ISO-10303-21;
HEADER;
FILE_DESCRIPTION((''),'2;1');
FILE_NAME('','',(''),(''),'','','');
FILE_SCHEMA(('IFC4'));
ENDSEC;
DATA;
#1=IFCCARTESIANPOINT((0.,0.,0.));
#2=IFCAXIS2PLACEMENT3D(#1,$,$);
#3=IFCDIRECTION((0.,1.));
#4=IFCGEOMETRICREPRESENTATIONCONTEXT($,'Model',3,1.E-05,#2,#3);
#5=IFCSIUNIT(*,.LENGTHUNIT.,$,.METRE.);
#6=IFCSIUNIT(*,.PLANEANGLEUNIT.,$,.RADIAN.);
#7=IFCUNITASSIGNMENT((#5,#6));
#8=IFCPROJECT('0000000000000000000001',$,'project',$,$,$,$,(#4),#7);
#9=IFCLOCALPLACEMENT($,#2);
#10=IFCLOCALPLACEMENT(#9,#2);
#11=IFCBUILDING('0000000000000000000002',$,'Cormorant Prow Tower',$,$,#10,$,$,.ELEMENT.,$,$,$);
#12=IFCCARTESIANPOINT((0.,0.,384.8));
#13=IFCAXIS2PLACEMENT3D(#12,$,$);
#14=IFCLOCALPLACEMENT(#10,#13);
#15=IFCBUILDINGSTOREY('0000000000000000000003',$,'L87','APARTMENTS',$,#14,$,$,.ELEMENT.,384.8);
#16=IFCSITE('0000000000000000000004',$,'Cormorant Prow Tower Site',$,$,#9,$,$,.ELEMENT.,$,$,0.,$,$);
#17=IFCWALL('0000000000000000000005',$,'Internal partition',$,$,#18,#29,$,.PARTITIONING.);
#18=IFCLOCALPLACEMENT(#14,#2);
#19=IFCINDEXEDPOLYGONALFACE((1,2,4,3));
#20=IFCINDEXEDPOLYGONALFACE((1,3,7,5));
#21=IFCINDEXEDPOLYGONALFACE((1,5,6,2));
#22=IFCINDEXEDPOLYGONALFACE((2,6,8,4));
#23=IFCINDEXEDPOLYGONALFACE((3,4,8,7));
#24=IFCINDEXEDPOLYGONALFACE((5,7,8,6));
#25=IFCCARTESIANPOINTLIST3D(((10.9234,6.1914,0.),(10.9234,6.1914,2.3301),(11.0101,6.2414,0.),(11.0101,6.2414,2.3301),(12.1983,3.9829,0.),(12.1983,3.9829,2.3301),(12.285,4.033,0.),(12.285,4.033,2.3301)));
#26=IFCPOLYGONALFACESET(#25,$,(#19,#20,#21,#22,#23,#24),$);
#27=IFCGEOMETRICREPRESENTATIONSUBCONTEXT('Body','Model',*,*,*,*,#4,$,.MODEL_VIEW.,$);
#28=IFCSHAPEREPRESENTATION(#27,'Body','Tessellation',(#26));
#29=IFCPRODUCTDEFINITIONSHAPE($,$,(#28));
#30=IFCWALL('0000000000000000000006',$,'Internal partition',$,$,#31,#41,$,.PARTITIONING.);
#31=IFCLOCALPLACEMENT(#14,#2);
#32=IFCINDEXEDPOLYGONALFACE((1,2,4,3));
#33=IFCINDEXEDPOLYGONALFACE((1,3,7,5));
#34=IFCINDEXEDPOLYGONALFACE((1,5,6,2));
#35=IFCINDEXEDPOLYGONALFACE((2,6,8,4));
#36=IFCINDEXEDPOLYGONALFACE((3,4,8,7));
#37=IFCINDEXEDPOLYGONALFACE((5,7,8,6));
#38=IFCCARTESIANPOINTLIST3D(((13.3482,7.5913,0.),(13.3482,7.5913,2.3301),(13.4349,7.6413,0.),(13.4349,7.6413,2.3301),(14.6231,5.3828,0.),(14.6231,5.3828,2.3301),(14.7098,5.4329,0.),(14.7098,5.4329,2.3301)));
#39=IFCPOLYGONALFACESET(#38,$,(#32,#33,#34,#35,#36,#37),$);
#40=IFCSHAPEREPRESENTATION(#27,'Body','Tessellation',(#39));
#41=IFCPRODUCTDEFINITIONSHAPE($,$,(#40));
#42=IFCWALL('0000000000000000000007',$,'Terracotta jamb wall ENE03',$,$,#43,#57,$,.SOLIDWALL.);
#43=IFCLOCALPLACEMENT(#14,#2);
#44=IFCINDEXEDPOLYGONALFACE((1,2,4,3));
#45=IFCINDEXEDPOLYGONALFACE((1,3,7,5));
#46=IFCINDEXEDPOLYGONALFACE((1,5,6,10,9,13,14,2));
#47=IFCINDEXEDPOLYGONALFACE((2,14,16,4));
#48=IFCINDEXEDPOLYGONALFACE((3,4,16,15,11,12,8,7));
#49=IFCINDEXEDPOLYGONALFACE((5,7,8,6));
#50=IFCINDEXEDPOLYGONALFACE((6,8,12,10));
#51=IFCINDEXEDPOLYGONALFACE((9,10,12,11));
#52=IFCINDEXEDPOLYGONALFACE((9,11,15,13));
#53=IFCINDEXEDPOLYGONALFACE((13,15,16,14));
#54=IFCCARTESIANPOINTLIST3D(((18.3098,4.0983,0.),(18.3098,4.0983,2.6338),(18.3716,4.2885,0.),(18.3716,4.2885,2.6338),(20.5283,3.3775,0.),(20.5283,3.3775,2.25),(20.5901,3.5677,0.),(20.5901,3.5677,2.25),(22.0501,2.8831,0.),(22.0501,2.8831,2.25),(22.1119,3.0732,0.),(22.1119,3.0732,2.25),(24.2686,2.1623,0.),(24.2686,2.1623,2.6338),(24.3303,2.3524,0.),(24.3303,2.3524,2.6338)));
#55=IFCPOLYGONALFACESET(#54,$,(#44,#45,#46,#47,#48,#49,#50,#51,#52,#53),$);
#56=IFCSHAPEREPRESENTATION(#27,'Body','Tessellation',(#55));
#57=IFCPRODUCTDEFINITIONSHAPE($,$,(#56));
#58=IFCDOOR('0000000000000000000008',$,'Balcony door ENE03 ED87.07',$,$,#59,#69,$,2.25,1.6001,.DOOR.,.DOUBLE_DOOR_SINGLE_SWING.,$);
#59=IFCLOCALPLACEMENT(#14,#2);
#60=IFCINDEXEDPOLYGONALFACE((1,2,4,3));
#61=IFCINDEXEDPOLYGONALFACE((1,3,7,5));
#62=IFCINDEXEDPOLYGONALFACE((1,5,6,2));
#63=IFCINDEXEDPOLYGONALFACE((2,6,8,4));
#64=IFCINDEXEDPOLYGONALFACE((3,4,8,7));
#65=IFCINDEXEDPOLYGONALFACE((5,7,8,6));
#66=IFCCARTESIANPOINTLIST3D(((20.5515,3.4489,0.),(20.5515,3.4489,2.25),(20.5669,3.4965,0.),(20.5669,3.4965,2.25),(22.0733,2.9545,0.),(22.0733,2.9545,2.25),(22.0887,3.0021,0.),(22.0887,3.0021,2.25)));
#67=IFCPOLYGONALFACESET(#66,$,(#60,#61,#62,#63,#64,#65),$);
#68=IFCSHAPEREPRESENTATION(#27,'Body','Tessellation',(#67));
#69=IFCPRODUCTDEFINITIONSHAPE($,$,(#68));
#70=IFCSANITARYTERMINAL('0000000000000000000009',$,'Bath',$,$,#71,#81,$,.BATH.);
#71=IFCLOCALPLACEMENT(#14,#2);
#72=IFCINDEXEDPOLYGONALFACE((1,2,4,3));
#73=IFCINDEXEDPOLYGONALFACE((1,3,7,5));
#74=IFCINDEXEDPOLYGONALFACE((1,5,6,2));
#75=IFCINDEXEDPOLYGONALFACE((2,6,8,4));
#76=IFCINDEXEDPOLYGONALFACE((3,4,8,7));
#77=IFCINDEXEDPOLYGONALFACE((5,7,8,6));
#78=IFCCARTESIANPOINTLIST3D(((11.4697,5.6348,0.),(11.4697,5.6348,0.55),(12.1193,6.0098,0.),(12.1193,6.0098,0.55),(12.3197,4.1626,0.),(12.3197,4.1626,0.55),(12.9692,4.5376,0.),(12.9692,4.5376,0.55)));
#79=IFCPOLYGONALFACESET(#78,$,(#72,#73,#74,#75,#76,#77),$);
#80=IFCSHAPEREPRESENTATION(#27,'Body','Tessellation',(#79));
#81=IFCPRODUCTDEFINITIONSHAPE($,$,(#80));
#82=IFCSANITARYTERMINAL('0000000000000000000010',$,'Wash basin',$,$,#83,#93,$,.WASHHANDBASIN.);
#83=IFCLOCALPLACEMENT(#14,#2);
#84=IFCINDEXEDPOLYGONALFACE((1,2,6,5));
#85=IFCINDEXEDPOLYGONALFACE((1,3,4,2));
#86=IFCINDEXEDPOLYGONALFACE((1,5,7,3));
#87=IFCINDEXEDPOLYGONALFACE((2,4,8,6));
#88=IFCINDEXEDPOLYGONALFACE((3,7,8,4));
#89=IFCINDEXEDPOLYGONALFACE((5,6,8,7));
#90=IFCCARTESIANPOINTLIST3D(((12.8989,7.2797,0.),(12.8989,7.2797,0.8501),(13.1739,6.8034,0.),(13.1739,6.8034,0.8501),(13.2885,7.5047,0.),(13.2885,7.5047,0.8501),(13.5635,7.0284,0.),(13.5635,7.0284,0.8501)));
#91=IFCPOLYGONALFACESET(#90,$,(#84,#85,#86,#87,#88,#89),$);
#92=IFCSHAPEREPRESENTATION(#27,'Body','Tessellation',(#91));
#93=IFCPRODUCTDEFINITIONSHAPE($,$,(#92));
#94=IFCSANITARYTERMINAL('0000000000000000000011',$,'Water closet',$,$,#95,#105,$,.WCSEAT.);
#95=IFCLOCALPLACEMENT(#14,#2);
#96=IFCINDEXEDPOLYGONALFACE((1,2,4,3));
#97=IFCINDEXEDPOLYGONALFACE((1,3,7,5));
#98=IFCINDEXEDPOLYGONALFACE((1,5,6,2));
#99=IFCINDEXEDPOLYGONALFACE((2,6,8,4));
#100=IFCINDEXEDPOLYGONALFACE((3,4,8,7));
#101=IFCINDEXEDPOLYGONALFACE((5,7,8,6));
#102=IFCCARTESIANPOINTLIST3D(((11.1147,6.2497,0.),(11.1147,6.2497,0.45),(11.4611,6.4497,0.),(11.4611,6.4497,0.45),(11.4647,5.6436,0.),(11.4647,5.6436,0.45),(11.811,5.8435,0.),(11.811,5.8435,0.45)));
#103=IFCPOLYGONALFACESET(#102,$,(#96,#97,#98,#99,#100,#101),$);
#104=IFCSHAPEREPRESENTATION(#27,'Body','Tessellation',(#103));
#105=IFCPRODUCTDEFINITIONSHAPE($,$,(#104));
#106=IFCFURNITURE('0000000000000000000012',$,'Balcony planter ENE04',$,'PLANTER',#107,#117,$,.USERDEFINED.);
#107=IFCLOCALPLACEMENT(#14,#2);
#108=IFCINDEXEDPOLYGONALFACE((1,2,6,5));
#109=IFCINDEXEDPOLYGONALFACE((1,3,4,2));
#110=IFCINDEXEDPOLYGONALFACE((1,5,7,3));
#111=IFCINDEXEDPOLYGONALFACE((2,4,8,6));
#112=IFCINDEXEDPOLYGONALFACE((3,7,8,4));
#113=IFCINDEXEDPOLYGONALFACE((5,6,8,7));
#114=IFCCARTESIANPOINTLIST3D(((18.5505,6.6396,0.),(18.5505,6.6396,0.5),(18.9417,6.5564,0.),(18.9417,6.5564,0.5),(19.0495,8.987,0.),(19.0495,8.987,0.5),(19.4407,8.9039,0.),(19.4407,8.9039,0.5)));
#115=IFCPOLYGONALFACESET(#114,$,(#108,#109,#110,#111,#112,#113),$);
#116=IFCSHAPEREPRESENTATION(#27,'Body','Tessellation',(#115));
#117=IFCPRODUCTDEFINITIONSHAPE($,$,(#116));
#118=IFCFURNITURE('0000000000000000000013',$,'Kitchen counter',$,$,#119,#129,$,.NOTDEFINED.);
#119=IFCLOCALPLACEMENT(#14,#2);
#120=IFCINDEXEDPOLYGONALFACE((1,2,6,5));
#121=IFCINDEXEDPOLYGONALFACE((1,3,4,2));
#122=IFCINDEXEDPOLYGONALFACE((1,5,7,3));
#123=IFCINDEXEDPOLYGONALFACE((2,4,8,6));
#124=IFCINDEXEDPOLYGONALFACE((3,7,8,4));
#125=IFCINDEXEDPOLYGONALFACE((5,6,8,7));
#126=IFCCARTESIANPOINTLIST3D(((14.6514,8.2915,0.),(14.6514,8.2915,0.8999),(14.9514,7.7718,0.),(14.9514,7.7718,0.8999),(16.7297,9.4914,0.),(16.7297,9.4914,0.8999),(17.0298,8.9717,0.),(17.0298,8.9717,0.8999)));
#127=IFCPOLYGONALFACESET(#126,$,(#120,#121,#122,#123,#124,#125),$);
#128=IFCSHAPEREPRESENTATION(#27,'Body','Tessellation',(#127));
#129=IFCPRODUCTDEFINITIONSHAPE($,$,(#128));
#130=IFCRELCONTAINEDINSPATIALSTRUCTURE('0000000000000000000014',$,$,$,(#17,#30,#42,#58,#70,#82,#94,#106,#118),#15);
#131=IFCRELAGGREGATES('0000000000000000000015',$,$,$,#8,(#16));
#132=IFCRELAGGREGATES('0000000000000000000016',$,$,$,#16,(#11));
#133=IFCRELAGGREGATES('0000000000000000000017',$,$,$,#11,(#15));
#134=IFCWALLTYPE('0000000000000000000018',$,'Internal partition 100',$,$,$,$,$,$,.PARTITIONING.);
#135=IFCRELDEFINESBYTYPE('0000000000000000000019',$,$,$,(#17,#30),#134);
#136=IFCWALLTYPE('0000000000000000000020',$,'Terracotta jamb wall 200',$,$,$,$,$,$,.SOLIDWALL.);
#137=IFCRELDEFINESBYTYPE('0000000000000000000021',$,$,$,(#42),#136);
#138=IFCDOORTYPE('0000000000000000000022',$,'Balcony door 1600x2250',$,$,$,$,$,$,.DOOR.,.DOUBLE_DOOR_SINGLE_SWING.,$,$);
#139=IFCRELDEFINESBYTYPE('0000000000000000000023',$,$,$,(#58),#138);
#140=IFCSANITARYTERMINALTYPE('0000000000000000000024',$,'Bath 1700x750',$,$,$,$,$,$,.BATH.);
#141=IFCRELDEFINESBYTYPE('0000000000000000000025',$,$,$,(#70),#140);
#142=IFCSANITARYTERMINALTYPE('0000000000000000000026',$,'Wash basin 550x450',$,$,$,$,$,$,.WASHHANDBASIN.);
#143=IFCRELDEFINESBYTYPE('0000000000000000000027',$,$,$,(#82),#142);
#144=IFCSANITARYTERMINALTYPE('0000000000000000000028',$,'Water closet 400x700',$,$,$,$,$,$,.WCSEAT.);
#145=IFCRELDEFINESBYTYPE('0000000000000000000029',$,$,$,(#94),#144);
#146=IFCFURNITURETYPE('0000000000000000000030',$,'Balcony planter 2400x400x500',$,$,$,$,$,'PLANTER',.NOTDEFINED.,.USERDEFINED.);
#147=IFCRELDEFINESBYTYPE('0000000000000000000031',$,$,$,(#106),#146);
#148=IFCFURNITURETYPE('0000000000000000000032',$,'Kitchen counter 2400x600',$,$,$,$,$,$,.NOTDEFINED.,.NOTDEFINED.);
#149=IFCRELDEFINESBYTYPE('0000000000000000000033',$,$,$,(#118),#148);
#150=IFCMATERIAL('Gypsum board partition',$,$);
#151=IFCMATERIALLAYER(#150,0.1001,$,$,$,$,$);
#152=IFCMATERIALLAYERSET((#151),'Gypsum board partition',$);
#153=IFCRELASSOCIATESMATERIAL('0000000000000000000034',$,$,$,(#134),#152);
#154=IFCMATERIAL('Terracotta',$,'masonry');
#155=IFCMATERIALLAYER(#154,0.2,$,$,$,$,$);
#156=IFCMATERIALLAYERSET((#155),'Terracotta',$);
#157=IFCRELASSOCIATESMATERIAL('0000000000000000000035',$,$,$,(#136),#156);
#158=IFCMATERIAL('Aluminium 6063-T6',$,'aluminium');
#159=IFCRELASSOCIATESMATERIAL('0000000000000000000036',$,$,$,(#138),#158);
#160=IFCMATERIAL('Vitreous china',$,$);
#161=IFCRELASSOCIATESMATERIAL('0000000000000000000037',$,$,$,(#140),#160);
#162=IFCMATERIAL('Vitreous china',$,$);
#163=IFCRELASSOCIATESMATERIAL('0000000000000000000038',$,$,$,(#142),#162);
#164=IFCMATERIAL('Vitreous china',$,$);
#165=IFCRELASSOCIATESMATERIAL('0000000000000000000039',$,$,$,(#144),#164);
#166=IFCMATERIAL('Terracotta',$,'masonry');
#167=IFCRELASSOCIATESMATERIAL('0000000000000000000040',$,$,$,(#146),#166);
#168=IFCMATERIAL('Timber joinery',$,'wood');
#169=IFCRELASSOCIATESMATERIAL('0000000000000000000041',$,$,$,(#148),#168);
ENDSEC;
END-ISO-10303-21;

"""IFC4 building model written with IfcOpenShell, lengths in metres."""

from ifc_helpers import new_model, si_unit, direction, frame, frame_2d, origin, origin_2d, place, context, subcontext, project, spatial, rectangle, extrude, material, layer, layer_set, type_object, element, fill, save


model = new_model("IFC4")

# Units and contexts
model_context = context("Model", 3, precision=1e-05, world=origin(), true_north=direction((0.0, 1.0)))
body_context = subcontext(model_context, "Body", "Model", "MODEL_VIEW")
ifc_project = project(units=[si_unit("LENGTHUNIT", "METRE"), si_unit("PLANEANGLEUNIT", "RADIAN")], contexts=[model_context])

# Site, building, storey
site_placement = place(None, origin())
site = spatial("IfcSite", under=ifc_project, at=site_placement, Name="Cormorant Prow Tower Site", CompositionType="ELEMENT", RefElevation=0.0)
building_placement = place(site_placement, origin())
building = spatial("IfcBuilding", under=site, at=building_placement, Name="Cormorant Prow Tower", CompositionType="ELEMENT")
storey_placement = place(building_placement, frame((0.0, 0.0, 384.8)))
storey = spatial("IfcBuildingStorey", under=building, at=storey_placement, Name="L87", Description="APARTMENTS", CompositionType="ELEMENT", Elevation=384.8)

# Shared definitions
ifc_material_1 = material(Name="Gypsum board partition")
ifc_layer_1 = layer(ifc_material_1, 0.1001)
ifc_layer_set_1 = layer_set([ifc_layer_1], Name="Gypsum board partition")
wall_type_1 = type_object("IfcWallType", Name="Internal partition 100", PredefinedType="PARTITIONING", material=ifc_layer_set_1)

# Walls
for number, where, z_axis, x_axis, name in (
    (1, (10.9668, 6.2163, 0.0), (0.0, 0.0, 1.0), (0.499949, -0.866055, 0.0), "Internal partition"),
    (2, (13.3916, 7.6162, 0.0), (0.0, 0.0, 1.0), (0.499949, -0.866055, 0.0), "Internal partition"),
):
    element("IfcWall", number, at=place(storey_placement, frame(where, z_axis=z_axis, x_axis=x_axis)), inside=storey, type_object=wall_type_1, Name=name, PredefinedType="PARTITIONING", context=body_context, shape_type="SweptSolid", body=[
        extrude(rectangle(XDim=2.55, YDim=0.1001, at=frame_2d((1.2749, 0.0))), origin(), (0.0, 0.0, 1.0), 2.3301),
    ])

# Wall, opening, door
ifc_material_2 = material(Name="Terracotta", Category="masonry")
ifc_layer_2 = layer(ifc_material_2, 0.2)
ifc_layer_set_2 = layer_set([ifc_layer_2], Name="Terracotta")
wall_type_2 = type_object("IfcWallType", Name="Terracotta jamb wall 200", PredefinedType="SOLIDWALL", material=ifc_layer_set_2)
wall_1_placement = place(storey_placement, frame((24.2996, 2.2573, 0.0), z_axis=(0.0, 0.0, 1.0), x_axis=(-0.95106, 0.309006, 0.0)))
wall_1 = element("IfcWall", 3, at=wall_1_placement, inside=storey, type_object=wall_type_2, Name="Terracotta jamb wall ENE03", PredefinedType="SOLIDWALL", context=body_context, shape_type="SweptSolid", body=[
    extrude(rectangle(XDim=6.2654, YDim=0.2, at=frame_2d((3.1328, 0.0))), origin(), (0.0, 0.0, 1.0), 2.6338),
])
opening_1_placement = place(wall_1_placement, frame((2.3328, 0.0, 0.0)))
opening_1 = element("IfcOpeningElement", 4, at=opening_1_placement, cuts=wall_1, PredefinedType="OPENING", context=body_context, shape_type="SweptSolid", body=[
    extrude(rectangle(XDim=1.6001, YDim=2.25, at=frame_2d((0.8, 1.125))), frame((0.0, 0.1099, 0.0), z_axis=(0.0, -1.0, 0.0), x_axis=(1.0, 0.0, 0.0)), (0.0, 0.0, 1.0), 0.22),
])
ifc_material_3 = material(Name="Aluminium 6063-T6", Category="aluminium")
door_type_1 = type_object("IfcDoorType", Name="Balcony door 1600x2250", OperationType="DOUBLE_DOOR_SINGLE_SWING", PredefinedType="DOOR", material=ifc_material_3)
door_1_placement = place(opening_1_placement, origin())
door_1 = element("IfcDoor", 5, at=door_1_placement, inside=storey, type_object=door_type_1, Name="Balcony door ENE03 ED87.07", OperationType="DOUBLE_DOOR_SINGLE_SWING", OverallHeight=2.25, OverallWidth=1.6001, PredefinedType="DOOR", context=body_context, shape_type="SweptSolid", body=[
    extrude(rectangle(XDim=1.6001, YDim=2.25, at=frame_2d((0.8, 1.125))), frame((0.0, 0.0249, 0.0), z_axis=(0.0, -1.0, 0.0), x_axis=(1.0, 0.0, 0.0)), (0.0, 0.0, 1.0), 0.05),
])
fill(opening_1, door_1)

# Sanitary terminals
ifc_material_4 = material(Name="Vitreous china")
sanitary_terminal_type_1 = type_object("IfcSanitaryTerminalType", Name="Bath 1700x750", PredefinedType="BATH", material=ifc_material_4)
sanitary_terminal_1_placement = place(storey_placement, frame((12.2195, 5.0862, 0.0), z_axis=(0.0, 0.0, 1.0), x_axis=(-0.5, 0.866025, 0.0)))
element("IfcSanitaryTerminal", 6, at=sanitary_terminal_1_placement, inside=storey, type_object=sanitary_terminal_type_1, Name="Bath", PredefinedType="BATH", context=body_context, shape_type="SweptSolid", body=[
    extrude(rectangle(XDim=1.7, YDim=0.75, at=origin_2d()), origin(), (0.0, 0.0, 1.0), 0.55),
])
ifc_material_5 = material(Name="Vitreous china")
sanitary_terminal_type_2 = type_object("IfcSanitaryTerminalType", Name="Wash basin 550x450", PredefinedType="WASHHANDBASIN", material=ifc_material_5)
sanitary_terminal_2_placement = place(storey_placement, frame((13.2312, 7.1541, 0.0), z_axis=(0.0, 0.0, 1.0), x_axis=(0.5, -0.866025, 0.0)))
element("IfcSanitaryTerminal", 7, at=sanitary_terminal_2_placement, inside=storey, type_object=sanitary_terminal_type_2, Name="Wash basin", PredefinedType="WASHHANDBASIN", context=body_context, shape_type="SweptSolid", body=[
    extrude(rectangle(XDim=0.55, YDim=0.45, at=origin_2d()), origin(), (0.0, 0.0, 1.0), 0.8501),
])
ifc_material_6 = material(Name="Vitreous china")
sanitary_terminal_type_3 = type_object("IfcSanitaryTerminalType", Name="Water closet 400x700", PredefinedType="WCSEAT", material=ifc_material_6)
sanitary_terminal_3_placement = place(storey_placement, frame((11.4629, 6.0466, 0.0), z_axis=(0.0, 0.0, 1.0), x_axis=(0.866025, 0.5, 0.0)))
element("IfcSanitaryTerminal", 8, at=sanitary_terminal_3_placement, inside=storey, type_object=sanitary_terminal_type_3, Name="Water closet", PredefinedType="WCSEAT", context=body_context, shape_type="SweptSolid", body=[
    extrude(rectangle(XDim=0.3999, YDim=0.7, at=origin_2d()), origin(), (0.0, 0.0, 1.0), 0.45),
])

# Furniture
ifc_material_7 = material(Name="Terracotta", Category="masonry")
furniture_type_1 = type_object("IfcFurnitureType", Name="Balcony planter 2400x400x500", ElementType="PLANTER", AssemblyPlace="NOTDEFINED", PredefinedType="USERDEFINED", material=ifc_material_7)
furniture_1_placement = place(storey_placement, frame((18.9956, 7.7717, 0.0), z_axis=(0.0, 0.0, 1.0), x_axis=(0.207912, 0.978148, 0.0)))
element("IfcFurniture", 9, at=furniture_1_placement, inside=storey, type_object=furniture_type_1, Name="Balcony planter ENE04", ObjectType="PLANTER", PredefinedType="USERDEFINED", context=body_context, shape_type="SweptSolid", body=[
    extrude(rectangle(XDim=2.3999, YDim=0.3999, at=origin_2d()), origin(), (0.0, 0.0, 1.0), 0.5),
])
ifc_material_8 = material(Name="Timber joinery", Category="wood")
furniture_type_2 = type_object("IfcFurnitureType", Name="Kitchen counter 2400x600", AssemblyPlace="NOTDEFINED", PredefinedType="NOTDEFINED", material=ifc_material_8)
furniture_2_placement = place(storey_placement, frame((15.8406, 8.6316, 0.0), z_axis=(0.0, 0.0, 1.0), x_axis=(0.866025, 0.5, 0.0)))
element("IfcFurniture", 10, at=furniture_2_placement, inside=storey, type_object=furniture_type_2, Name="Kitchen counter", PredefinedType="NOTDEFINED", context=body_context, shape_type="SweptSolid", body=[
    extrude(rectangle(XDim=2.3999, YDim=0.6001, at=origin_2d()), origin(), (0.0, 0.0, 1.0), 0.8999),
])

save(model, "model.ifc")
